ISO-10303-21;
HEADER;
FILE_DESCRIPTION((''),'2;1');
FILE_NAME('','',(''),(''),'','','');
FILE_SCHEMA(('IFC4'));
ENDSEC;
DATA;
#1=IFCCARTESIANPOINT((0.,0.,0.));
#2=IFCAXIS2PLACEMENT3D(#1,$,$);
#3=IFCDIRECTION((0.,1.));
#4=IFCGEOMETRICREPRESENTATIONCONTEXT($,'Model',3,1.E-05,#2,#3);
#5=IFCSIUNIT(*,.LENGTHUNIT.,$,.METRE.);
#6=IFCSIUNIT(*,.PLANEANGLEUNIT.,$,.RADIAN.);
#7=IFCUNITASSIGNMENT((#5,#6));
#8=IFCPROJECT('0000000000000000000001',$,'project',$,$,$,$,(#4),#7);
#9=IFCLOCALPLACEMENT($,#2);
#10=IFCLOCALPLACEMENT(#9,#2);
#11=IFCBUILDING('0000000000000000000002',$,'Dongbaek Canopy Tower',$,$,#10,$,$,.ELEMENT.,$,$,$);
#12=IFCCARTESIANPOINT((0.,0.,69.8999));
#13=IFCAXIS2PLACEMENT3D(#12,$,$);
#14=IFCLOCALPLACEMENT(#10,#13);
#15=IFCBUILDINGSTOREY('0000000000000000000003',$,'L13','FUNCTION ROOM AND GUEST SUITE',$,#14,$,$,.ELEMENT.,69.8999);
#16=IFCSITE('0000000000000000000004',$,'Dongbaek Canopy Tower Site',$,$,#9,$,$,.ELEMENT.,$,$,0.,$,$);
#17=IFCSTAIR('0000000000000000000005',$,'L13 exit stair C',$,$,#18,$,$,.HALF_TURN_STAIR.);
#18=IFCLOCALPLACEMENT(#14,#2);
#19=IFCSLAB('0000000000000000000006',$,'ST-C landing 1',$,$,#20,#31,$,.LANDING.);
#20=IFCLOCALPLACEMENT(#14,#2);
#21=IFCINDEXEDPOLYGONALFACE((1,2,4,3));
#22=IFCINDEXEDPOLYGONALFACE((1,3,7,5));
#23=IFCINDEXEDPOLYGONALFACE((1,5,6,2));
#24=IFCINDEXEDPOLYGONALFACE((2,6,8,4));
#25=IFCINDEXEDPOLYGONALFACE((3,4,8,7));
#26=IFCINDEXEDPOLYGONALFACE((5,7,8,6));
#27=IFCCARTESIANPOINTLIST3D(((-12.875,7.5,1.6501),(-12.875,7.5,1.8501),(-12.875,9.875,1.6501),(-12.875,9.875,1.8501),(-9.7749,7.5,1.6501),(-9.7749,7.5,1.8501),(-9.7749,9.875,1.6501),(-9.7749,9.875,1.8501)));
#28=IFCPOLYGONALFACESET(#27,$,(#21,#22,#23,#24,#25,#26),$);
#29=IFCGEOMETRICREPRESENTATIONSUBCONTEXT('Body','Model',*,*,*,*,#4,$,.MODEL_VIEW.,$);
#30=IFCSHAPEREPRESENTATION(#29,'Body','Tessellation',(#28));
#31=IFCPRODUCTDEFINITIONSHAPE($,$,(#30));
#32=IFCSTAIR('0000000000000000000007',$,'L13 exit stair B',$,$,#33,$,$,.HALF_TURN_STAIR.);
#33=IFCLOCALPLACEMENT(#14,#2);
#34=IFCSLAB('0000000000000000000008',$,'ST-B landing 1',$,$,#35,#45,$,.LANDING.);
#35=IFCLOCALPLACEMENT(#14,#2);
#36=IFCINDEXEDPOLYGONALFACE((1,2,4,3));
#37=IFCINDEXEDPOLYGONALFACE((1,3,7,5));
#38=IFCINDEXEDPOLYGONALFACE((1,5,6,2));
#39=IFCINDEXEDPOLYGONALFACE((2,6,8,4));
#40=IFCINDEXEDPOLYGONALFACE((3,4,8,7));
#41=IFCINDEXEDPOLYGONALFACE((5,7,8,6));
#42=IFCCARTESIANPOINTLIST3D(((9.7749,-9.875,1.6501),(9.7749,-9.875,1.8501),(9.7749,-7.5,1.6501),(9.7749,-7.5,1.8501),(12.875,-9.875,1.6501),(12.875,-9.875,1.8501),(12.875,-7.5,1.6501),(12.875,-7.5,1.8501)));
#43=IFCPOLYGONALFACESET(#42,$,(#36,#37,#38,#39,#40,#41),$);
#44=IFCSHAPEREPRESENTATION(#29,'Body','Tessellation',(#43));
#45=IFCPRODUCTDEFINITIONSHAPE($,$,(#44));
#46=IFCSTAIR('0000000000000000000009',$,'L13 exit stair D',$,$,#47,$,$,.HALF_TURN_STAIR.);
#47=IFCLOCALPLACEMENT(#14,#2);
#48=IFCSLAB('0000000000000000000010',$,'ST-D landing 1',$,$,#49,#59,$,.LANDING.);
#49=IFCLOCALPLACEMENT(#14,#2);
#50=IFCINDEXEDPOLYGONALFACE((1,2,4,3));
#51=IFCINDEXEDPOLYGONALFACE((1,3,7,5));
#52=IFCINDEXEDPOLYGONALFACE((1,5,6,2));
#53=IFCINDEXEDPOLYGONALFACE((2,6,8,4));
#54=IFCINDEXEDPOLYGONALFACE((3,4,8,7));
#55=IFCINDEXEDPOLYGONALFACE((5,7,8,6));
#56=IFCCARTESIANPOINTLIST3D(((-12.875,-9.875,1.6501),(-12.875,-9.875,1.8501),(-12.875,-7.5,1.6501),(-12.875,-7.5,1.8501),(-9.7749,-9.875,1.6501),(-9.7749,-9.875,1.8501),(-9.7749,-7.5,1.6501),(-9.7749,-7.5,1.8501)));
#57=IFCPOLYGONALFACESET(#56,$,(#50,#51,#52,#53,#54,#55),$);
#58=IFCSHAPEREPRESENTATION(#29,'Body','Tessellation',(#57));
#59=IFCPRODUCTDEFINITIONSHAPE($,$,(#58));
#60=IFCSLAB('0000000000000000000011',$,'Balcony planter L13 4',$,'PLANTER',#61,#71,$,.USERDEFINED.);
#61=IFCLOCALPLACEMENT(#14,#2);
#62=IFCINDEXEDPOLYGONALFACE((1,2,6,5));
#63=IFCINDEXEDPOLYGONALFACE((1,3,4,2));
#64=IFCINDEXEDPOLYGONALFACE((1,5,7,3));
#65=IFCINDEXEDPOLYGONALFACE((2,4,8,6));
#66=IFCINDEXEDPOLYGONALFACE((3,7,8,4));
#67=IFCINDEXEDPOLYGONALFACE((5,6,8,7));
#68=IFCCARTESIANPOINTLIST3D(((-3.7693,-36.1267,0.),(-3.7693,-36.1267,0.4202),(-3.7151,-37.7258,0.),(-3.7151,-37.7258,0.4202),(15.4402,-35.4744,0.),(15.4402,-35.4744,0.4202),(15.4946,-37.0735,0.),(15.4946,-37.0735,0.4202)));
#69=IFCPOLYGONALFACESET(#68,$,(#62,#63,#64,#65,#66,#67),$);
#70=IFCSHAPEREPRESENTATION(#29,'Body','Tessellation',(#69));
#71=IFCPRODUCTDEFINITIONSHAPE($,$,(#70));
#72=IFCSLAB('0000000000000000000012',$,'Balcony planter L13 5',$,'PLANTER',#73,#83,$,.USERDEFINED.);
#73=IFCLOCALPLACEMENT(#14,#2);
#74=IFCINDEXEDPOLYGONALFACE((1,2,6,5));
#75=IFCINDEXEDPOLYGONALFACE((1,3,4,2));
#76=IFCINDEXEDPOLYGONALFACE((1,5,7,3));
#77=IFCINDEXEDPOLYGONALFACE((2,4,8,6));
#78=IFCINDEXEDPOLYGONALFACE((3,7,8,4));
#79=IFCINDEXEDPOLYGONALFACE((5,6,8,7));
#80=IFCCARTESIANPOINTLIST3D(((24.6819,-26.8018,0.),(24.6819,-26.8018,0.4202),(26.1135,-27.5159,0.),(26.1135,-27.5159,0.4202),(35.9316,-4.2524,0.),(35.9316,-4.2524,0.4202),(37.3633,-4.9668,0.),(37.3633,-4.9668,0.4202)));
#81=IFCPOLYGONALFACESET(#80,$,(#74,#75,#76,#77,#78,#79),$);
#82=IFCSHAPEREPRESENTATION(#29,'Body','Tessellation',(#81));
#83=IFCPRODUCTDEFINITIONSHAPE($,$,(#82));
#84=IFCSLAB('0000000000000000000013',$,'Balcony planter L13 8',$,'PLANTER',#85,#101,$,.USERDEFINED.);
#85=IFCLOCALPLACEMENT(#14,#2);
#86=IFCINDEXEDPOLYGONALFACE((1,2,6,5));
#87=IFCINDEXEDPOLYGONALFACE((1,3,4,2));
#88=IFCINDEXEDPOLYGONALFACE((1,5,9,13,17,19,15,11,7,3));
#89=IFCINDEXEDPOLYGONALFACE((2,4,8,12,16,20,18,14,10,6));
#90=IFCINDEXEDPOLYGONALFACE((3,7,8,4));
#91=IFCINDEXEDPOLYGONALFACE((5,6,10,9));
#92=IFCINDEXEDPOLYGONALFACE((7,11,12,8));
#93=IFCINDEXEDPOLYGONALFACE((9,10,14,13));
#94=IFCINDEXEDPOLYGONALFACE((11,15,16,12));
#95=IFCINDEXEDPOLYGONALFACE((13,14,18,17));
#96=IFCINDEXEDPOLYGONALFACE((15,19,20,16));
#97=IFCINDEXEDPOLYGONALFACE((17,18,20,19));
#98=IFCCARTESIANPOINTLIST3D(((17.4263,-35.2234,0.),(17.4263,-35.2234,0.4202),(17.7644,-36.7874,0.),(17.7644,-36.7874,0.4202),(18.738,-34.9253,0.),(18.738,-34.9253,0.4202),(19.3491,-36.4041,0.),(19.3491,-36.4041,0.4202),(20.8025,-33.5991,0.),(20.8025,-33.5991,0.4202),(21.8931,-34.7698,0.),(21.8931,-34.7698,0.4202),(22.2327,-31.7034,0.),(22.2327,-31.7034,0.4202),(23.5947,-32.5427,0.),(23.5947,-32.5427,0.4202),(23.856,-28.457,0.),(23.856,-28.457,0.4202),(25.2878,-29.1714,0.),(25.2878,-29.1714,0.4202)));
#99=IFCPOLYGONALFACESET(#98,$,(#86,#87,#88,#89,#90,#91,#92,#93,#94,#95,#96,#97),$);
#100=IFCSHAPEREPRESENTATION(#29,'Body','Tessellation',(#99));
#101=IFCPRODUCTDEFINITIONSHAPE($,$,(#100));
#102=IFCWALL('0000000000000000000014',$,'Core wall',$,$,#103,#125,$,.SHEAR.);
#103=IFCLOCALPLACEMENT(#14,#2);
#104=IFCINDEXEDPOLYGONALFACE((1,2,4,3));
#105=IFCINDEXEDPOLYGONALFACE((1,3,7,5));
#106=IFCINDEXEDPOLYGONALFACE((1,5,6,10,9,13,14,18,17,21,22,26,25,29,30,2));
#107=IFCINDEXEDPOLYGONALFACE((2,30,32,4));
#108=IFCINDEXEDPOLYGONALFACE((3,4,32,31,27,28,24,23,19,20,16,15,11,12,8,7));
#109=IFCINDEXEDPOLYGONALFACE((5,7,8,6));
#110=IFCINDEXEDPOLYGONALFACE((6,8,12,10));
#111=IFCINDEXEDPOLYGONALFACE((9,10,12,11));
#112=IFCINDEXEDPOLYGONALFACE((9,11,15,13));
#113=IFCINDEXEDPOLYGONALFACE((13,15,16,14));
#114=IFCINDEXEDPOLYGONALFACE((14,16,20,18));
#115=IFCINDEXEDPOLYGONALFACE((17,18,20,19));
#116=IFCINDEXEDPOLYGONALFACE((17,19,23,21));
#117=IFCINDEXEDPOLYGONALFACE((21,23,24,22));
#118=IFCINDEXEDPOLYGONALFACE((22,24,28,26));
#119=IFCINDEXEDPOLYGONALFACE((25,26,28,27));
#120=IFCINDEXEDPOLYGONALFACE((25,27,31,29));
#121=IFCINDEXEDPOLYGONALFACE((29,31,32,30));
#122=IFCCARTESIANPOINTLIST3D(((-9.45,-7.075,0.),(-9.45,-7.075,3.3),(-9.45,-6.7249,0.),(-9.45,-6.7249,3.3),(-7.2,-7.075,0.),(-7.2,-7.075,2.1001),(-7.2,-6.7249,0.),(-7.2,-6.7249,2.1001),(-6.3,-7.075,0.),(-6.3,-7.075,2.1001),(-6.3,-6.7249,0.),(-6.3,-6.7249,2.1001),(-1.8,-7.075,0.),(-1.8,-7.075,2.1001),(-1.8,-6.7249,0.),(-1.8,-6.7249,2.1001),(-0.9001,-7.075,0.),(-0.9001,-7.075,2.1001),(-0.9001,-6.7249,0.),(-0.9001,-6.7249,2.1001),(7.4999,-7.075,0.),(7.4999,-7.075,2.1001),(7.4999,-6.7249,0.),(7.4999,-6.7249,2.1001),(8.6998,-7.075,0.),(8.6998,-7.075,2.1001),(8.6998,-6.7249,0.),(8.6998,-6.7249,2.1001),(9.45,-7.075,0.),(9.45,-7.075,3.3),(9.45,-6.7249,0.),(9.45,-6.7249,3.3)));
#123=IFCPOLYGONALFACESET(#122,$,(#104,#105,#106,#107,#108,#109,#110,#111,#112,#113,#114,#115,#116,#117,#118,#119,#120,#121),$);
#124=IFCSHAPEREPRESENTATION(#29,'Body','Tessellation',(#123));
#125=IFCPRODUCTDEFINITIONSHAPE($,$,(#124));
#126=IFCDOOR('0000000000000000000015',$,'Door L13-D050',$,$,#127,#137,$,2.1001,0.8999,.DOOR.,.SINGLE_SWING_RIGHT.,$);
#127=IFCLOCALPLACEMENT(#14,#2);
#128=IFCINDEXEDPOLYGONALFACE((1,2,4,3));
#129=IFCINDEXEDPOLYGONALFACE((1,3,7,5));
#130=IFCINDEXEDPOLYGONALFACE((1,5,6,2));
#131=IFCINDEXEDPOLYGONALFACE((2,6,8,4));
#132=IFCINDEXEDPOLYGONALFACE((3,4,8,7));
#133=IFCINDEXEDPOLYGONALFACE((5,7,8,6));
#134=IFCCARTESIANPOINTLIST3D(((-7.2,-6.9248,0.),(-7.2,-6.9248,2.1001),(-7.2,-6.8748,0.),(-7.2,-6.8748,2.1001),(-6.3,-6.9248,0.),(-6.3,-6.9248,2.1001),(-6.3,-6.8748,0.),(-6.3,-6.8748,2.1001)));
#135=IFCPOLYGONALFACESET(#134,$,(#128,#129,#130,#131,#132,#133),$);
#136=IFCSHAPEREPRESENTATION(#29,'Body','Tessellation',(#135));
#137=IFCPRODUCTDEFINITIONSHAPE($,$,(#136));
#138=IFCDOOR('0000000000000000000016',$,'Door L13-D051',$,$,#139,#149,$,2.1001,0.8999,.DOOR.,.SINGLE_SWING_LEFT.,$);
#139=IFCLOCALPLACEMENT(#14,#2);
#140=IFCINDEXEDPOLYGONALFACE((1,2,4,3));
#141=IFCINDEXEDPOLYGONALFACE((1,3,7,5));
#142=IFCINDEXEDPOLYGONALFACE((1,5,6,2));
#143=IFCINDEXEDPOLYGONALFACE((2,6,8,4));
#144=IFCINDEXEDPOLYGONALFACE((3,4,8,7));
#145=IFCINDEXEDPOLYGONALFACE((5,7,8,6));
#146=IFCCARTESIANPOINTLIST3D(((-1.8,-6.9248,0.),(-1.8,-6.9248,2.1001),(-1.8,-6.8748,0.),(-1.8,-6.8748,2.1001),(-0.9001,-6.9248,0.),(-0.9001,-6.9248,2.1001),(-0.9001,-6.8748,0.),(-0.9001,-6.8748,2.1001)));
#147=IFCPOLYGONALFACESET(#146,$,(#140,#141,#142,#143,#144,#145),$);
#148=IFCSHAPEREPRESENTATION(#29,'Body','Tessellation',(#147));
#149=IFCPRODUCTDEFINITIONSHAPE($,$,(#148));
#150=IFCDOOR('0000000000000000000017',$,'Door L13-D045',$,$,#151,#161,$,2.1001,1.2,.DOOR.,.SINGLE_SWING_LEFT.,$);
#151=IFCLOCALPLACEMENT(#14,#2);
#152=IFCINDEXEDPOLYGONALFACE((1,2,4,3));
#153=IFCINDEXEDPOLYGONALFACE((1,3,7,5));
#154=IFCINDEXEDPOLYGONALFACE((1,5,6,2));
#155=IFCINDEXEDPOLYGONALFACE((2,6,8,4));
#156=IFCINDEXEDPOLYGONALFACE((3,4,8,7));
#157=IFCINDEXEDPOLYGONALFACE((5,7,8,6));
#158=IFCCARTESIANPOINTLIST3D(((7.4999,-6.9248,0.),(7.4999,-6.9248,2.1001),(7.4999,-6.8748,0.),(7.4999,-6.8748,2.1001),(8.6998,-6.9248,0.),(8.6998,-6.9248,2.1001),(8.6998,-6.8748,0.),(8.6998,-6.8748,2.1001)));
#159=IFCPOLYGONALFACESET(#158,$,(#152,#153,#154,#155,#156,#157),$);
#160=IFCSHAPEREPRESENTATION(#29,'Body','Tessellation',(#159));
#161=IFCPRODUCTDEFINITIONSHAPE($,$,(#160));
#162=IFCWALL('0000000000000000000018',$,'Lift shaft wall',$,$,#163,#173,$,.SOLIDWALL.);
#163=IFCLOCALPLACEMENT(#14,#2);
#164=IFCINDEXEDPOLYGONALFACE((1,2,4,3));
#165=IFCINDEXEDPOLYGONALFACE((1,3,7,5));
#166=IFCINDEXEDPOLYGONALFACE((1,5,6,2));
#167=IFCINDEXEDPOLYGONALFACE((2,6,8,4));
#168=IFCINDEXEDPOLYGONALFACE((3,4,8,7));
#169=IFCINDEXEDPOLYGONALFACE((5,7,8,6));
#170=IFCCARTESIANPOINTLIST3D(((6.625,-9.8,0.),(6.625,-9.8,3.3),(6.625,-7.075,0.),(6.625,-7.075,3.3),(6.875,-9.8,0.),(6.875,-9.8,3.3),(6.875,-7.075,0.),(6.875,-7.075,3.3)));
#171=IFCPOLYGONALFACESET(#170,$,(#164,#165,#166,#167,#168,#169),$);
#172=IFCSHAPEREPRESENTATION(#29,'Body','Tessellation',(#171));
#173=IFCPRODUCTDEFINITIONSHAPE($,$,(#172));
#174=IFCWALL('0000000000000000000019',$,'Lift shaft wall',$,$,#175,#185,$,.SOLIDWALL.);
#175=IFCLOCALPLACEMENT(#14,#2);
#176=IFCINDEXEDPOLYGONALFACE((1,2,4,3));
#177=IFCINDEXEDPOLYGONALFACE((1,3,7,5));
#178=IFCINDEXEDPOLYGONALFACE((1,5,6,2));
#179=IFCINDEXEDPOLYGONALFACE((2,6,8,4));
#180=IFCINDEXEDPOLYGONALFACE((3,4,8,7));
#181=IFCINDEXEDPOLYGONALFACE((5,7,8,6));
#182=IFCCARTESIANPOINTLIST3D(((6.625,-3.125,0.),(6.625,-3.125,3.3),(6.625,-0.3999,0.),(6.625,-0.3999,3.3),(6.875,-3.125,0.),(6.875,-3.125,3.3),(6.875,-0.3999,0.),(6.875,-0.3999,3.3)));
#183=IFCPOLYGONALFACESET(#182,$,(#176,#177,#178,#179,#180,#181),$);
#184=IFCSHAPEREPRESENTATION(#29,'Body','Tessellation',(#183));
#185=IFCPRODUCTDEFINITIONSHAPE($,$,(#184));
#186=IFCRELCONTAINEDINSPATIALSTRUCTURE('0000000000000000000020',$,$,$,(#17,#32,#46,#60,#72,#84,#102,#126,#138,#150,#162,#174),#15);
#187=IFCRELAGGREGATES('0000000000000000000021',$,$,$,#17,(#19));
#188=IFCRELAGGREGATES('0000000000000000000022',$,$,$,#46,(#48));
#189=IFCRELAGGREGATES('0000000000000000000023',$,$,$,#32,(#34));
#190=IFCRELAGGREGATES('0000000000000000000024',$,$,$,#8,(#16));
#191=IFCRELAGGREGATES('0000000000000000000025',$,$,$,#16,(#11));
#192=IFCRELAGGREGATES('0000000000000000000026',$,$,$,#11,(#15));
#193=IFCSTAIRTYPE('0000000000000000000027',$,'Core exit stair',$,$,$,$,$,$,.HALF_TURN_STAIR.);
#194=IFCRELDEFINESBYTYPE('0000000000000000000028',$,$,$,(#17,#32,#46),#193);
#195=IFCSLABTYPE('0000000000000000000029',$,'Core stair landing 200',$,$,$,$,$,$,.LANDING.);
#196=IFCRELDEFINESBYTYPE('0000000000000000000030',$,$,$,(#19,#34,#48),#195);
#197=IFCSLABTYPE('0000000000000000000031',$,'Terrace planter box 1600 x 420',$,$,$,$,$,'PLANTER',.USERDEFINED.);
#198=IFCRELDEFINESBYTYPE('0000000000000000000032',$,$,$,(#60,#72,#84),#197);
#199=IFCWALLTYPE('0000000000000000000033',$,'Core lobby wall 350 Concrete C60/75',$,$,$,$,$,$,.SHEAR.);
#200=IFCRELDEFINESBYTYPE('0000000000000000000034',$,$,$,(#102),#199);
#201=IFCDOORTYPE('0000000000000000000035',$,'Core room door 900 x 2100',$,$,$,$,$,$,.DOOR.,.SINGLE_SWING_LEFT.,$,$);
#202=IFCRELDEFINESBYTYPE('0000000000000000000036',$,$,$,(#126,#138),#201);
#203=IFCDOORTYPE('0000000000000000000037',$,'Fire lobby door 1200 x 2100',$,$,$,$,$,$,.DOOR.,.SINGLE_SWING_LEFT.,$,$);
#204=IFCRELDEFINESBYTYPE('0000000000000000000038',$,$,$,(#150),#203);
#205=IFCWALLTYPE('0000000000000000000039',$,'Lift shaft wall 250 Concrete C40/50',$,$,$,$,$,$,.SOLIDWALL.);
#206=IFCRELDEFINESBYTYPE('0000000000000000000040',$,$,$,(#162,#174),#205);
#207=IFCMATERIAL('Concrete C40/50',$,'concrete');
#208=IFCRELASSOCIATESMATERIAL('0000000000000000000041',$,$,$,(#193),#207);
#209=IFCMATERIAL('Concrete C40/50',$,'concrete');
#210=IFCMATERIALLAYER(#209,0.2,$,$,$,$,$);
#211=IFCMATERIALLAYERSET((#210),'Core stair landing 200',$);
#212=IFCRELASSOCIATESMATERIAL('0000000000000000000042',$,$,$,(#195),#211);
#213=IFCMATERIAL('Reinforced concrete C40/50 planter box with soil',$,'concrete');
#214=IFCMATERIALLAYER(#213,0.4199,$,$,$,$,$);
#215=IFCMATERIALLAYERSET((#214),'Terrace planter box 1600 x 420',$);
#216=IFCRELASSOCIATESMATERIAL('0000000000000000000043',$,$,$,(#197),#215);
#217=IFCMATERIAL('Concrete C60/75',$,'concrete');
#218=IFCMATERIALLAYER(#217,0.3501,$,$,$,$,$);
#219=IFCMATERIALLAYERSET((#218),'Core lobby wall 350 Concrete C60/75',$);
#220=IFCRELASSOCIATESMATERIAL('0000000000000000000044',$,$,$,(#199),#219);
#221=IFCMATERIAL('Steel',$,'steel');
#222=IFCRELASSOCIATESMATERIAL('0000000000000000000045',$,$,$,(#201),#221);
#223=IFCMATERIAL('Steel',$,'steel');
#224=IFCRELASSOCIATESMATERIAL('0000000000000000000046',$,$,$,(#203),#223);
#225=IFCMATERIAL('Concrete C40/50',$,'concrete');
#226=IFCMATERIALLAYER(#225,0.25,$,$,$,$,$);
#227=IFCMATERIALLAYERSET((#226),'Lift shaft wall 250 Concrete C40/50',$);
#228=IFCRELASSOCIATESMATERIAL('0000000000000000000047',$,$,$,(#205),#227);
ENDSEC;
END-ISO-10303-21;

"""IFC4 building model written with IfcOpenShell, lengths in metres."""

from ifc_helpers import new_model, si_unit, direction, frame, frame_2d, origin, place, context, subcontext, project, spatial, polyline, rectangle, outline, extrude, material, layer, layer_set, type_object, element, fill, aggregate, save


model = new_model("IFC4")

# Units and contexts
model_context = context("Model", 3, precision=1e-05, world=origin(), true_north=direction((0.0, 1.0)))
body_context = subcontext(model_context, "Body", "Model", "MODEL_VIEW")
ifc_project = project(units=[si_unit("LENGTHUNIT", "METRE"), si_unit("PLANEANGLEUNIT", "RADIAN")], contexts=[model_context])

# Site, building, storey
site_placement = place(None, origin())
site = spatial("IfcSite", under=ifc_project, at=site_placement, Name="Dongbaek Canopy Tower Site", CompositionType="ELEMENT", RefElevation=0.0)
building_placement = place(site_placement, origin())
building = spatial("IfcBuilding", under=site, at=building_placement, Name="Dongbaek Canopy Tower", CompositionType="ELEMENT")
storey_placement = place(building_placement, frame((0.0, 0.0, 69.8999)))
storey = spatial("IfcBuildingStorey", under=building, at=storey_placement, Name="L13", Description="FUNCTION ROOM AND GUEST SUITE", CompositionType="ELEMENT", Elevation=69.8999)

# Stairs, slabs
ifc_material_1 = material(Name="Concrete C40/50", Category="concrete")
stair_type = type_object("IfcStairType", Name="Core exit stair", PredefinedType="HALF_TURN_STAIR", material=ifc_material_1)
ifc_material_2 = material(Name="Concrete C40/50", Category="concrete")
ifc_layer_1 = layer(ifc_material_2, 0.2)
ifc_layer_set_1 = layer_set([ifc_layer_1], Name="Core stair landing 200")
slab_type_1 = type_object("IfcSlabType", Name="Core stair landing 200", PredefinedType="LANDING", material=ifc_layer_set_1)
stair_1_placement = place(storey_placement, origin())
stair_1 = element("IfcStair", 1, at=stair_1_placement, inside=storey, type_object=stair_type, Name="L13 exit stair C", PredefinedType="HALF_TURN_STAIR")
slab_1_placement = place(storey_placement, frame((0.0, 0.0, 1.6501)))
slab_1 = element("IfcSlab", 2, at=slab_1_placement, type_object=slab_type_1, Name="ST-C landing 1", PredefinedType="LANDING", context=body_context, shape_type="SweptSolid", body=[
    extrude(outline(polyline([(-9.7749, 7.5), (-9.7749, 9.875), (-12.875, 9.875), (-12.875, 7.5), (-9.7749, 7.5)])), origin(), (0.0, 0.0, 1.0), 0.2),
])
aggregate(stair_1, [slab_1])
stair_2_placement = place(storey_placement, origin())
stair_2 = element("IfcStair", 3, at=stair_2_placement, inside=storey, type_object=stair_type, Name="L13 exit stair B", PredefinedType="HALF_TURN_STAIR")
slab_2_placement = place(storey_placement, frame((0.0, 0.0, 1.6501)))
slab_2 = element("IfcSlab", 4, at=slab_2_placement, type_object=slab_type_1, Name="ST-B landing 1", PredefinedType="LANDING", context=body_context, shape_type="SweptSolid", body=[
    extrude(outline(polyline([(9.7749, -7.5), (9.7749, -9.875), (12.875, -9.875), (12.875, -7.5), (9.7749, -7.5)])), origin(), (0.0, 0.0, 1.0), 0.2),
])
stair_3_placement = place(storey_placement, origin())
stair_3 = element("IfcStair", 5, at=stair_3_placement, inside=storey, type_object=stair_type, Name="L13 exit stair D", PredefinedType="HALF_TURN_STAIR")
slab_3_placement = place(storey_placement, frame((0.0, 0.0, 1.6501)))
slab_3 = element("IfcSlab", 6, at=slab_3_placement, type_object=slab_type_1, Name="ST-D landing 1", PredefinedType="LANDING", context=body_context, shape_type="SweptSolid", body=[
    extrude(outline(polyline([(-12.875, -7.5), (-12.875, -9.875), (-9.7749, -9.875), (-9.7749, -7.5), (-12.875, -7.5)])), origin(), (0.0, 0.0, 1.0), 0.2),
])
aggregate(stair_3, [slab_3])

# Slabs
ifc_material_3 = material(Name="Reinforced concrete C40/50 planter box with soil", Category="concrete")
ifc_layer_2 = layer(ifc_material_3, 0.4199)
ifc_layer_set_2 = layer_set([ifc_layer_2], Name="Terrace planter box 1600 x 420")
slab_type_2 = type_object("IfcSlabType", Name="Terrace planter box 1600 x 420", ElementType="PLANTER", PredefinedType="USERDEFINED", material=ifc_layer_set_2)
slab_4_placement = place(storey_placement, origin())
element("IfcSlab", 7, at=slab_4_placement, inside=storey, type_object=slab_type_2, Name="Balcony planter L13 4", ObjectType="PLANTER", PredefinedType="USERDEFINED", context=body_context, shape_type="SweptSolid", body=[
    extrude(outline(polyline([(-3.7693, -36.1267), (15.4402, -35.4744), (15.4946, -37.0735), (-3.7151, -37.7258), (-3.7693, -36.1267)])), origin(), (0.0, 0.0, 1.0), 0.4202),
])
slab_5_placement = place(storey_placement, origin())
element("IfcSlab", 8, at=slab_5_placement, inside=storey, type_object=slab_type_2, Name="Balcony planter L13 5", ObjectType="PLANTER", PredefinedType="USERDEFINED", context=body_context, shape_type="SweptSolid", body=[
    extrude(outline(polyline([(24.6819, -26.8018), (35.9316, -4.2524), (37.3633, -4.9668), (26.1135, -27.5159), (24.6819, -26.8018)])), origin(), (0.0, 0.0, 1.0), 0.4202),
])
slab_6_placement = place(storey_placement, origin())
element("IfcSlab", 9, at=slab_6_placement, inside=storey, type_object=slab_type_2, Name="Balcony planter L13 8", ObjectType="PLANTER", PredefinedType="USERDEFINED", context=body_context, shape_type="SweptSolid", body=[
    extrude(outline(polyline([(17.4263, -35.2234), (18.738, -34.9253), (20.8025, -33.5991), (22.2327, -31.7034), (23.856, -28.457), (25.2878, -29.1714), (23.5947, -32.5427), (21.8931, -34.7698), (19.3491, -36.4041), (17.7644, -36.7874), (17.4263, -35.2234)])), origin(), (0.0, 0.0, 1.0), 0.4202),
])

# Wall, openings, doors
ifc_material_4 = material(Name="Concrete C60/75", Category="concrete")
ifc_layer_3 = layer(ifc_material_4, 0.3501)
ifc_layer_set_3 = layer_set([ifc_layer_3], Name="Core lobby wall 350 Concrete C60/75")
wall_type_1 = type_object("IfcWallType", Name="Core lobby wall 350 Concrete C60/75", PredefinedType="SHEAR", material=ifc_layer_set_3)
wall_1_placement = place(storey_placement, frame((9.45, -6.8999, 0.0), z_axis=(0.0, 0.0, 1.0), x_axis=(-1.0, 0.0, 0.0)))
wall_1 = element("IfcWall", 10, at=wall_1_placement, inside=storey, type_object=wall_type_1, Name="Core wall", PredefinedType="SHEAR", context=body_context, shape_type="SweptSolid", body=[
    extrude(rectangle(XDim=18.8999, YDim=0.3501, at=frame_2d((9.45, 0.0))), origin(), (0.0, 0.0, 1.0), 3.3),
])
opening_1_placement = place(wall_1_placement, frame((0.75, 0.0, 0.0)))
opening_1 = element("IfcOpeningElement", 11, at=opening_1_placement, cuts=wall_1, PredefinedType="OPENING", context=body_context, shape_type="SweptSolid", body=[
    extrude(rectangle(XDim=1.2, YDim=2.1001, at=frame_2d((0.6001, 1.05))), frame((0.0, 0.1851, 0.0), z_axis=(0.0, -1.0, 0.0), x_axis=(1.0, 0.0, 0.0)), (0.0, 0.0, 1.0), 0.3701),
])
opening_2_placement = place(wall_1_placement, frame((15.75, 0.0, 0.0)))
opening_2 = element("IfcOpeningElement", 12, at=opening_2_placement, cuts=wall_1, PredefinedType="OPENING", context=body_context, shape_type="SweptSolid", body=[
    extrude(rectangle(XDim=0.8999, YDim=2.1001, at=frame_2d((0.45, 1.05))), frame((0.0, 0.1851, 0.0), z_axis=(0.0, -1.0, 0.0), x_axis=(1.0, 0.0, 0.0)), (0.0, 0.0, 1.0), 0.3701),
])
opening_3_placement = place(wall_1_placement, frame((10.3501, 0.0, 0.0)))
opening_3 = element("IfcOpeningElement", 13, at=opening_3_placement, cuts=wall_1, PredefinedType="OPENING", context=body_context, shape_type="SweptSolid", body=[
    extrude(rectangle(XDim=0.8999, YDim=2.1001, at=frame_2d((0.45, 1.05))), frame((0.0, 0.1851, 0.0), z_axis=(0.0, -1.0, 0.0), x_axis=(1.0, 0.0, 0.0)), (0.0, 0.0, 1.0), 0.3701),
])
ifc_material_5 = material(Name="Steel", Category="steel")
door_type_1 = type_object("IfcDoorType", Name="Core room door 900 x 2100", OperationType="SINGLE_SWING_LEFT", PredefinedType="DOOR", material=ifc_material_5)
door_1_placement = place(opening_2_placement, origin())
door_1 = element("IfcDoor", 14, at=door_1_placement, inside=storey, type_object=door_type_1, Name="Door L13-D050", OperationType="SINGLE_SWING_RIGHT", OverallHeight=2.1001, OverallWidth=0.8999, PredefinedType="DOOR", context=body_context, shape_type="SweptSolid", body=[
    extrude(rectangle(XDim=0.8999, YDim=2.1001, at=frame_2d((0.45, 1.05))), frame((0.0, 0.0249, 0.0), z_axis=(0.0, -1.0, 0.0), x_axis=(1.0, 0.0, 0.0)), (0.0, 0.0, 1.0), 0.05),
])
fill(opening_2, door_1)
door_2_placement = place(opening_3_placement, origin())
door_2 = element("IfcDoor", 15, at=door_2_placement, inside=storey, type_object=door_type_1, Name="Door L13-D051", OperationType="SINGLE_SWING_LEFT", OverallHeight=2.1001, OverallWidth=0.8999, PredefinedType="DOOR", context=body_context, shape_type="SweptSolid", body=[
    extrude(rectangle(XDim=0.8999, YDim=2.1001, at=frame_2d((0.45, 1.05))), frame((0.0, 0.0249, 0.0), z_axis=(0.0, -1.0, 0.0), x_axis=(1.0, 0.0, 0.0)), (0.0, 0.0, 1.0), 0.05),
])
fill(opening_3, door_2)
ifc_material_6 = material(Name="Steel", Category="steel")
door_type_2 = type_object("IfcDoorType", Name="Fire lobby door 1200 x 2100", OperationType="SINGLE_SWING_LEFT", PredefinedType="DOOR", material=ifc_material_6)
door_3_placement = place(opening_1_placement, origin())
door_3 = element("IfcDoor", 16, at=door_3_placement, inside=storey, type_object=door_type_2, Name="Door L13-D045", OperationType="SINGLE_SWING_LEFT", OverallHeight=2.1001, OverallWidth=1.2, PredefinedType="DOOR", context=body_context, shape_type="SweptSolid", body=[
    extrude(rectangle(XDim=1.2, YDim=2.1001, at=frame_2d((0.6001, 1.05))), frame((0.0, 0.0249, 0.0), z_axis=(0.0, -1.0, 0.0), x_axis=(1.0, 0.0, 0.0)), (0.0, 0.0, 1.0), 0.05),
])
fill(opening_1, door_3)

# Walls
ifc_material_7 = material(Name="Concrete C40/50", Category="concrete")
ifc_layer_4 = layer(ifc_material_7, 0.25)
ifc_layer_set_4 = layer_set([ifc_layer_4], Name="Lift shaft wall 250 Concrete C40/50")
wall_type_2 = type_object("IfcWallType", Name="Lift shaft wall 250 Concrete C40/50", PredefinedType="SOLIDWALL", material=ifc_layer_set_4)
for number, where, z_axis, x_axis, name in (
    (17, (6.75, -9.8, 0.0), (0.0, 0.0, 1.0), (0.0, 1.0, 0.0), "Lift shaft wall"),
    (18, (6.75, -3.125, 0.0), (0.0, 0.0, 1.0), (0.0, 1.0, 0.0), "Lift shaft wall"),
):
    element("IfcWall", number, at=place(storey_placement, frame(where, z_axis=z_axis, x_axis=x_axis)), inside=storey, type_object=wall_type_2, Name=name, PredefinedType="SOLIDWALL", context=body_context, shape_type="SweptSolid", body=[
        extrude(rectangle(XDim=2.7251, YDim=0.25, at=frame_2d((1.3625, 0.0))), origin(), (0.0, 0.0, 1.0), 3.3),
    ])

aggregate(stair_2, [slab_2])

save(model, "model.ifc")
